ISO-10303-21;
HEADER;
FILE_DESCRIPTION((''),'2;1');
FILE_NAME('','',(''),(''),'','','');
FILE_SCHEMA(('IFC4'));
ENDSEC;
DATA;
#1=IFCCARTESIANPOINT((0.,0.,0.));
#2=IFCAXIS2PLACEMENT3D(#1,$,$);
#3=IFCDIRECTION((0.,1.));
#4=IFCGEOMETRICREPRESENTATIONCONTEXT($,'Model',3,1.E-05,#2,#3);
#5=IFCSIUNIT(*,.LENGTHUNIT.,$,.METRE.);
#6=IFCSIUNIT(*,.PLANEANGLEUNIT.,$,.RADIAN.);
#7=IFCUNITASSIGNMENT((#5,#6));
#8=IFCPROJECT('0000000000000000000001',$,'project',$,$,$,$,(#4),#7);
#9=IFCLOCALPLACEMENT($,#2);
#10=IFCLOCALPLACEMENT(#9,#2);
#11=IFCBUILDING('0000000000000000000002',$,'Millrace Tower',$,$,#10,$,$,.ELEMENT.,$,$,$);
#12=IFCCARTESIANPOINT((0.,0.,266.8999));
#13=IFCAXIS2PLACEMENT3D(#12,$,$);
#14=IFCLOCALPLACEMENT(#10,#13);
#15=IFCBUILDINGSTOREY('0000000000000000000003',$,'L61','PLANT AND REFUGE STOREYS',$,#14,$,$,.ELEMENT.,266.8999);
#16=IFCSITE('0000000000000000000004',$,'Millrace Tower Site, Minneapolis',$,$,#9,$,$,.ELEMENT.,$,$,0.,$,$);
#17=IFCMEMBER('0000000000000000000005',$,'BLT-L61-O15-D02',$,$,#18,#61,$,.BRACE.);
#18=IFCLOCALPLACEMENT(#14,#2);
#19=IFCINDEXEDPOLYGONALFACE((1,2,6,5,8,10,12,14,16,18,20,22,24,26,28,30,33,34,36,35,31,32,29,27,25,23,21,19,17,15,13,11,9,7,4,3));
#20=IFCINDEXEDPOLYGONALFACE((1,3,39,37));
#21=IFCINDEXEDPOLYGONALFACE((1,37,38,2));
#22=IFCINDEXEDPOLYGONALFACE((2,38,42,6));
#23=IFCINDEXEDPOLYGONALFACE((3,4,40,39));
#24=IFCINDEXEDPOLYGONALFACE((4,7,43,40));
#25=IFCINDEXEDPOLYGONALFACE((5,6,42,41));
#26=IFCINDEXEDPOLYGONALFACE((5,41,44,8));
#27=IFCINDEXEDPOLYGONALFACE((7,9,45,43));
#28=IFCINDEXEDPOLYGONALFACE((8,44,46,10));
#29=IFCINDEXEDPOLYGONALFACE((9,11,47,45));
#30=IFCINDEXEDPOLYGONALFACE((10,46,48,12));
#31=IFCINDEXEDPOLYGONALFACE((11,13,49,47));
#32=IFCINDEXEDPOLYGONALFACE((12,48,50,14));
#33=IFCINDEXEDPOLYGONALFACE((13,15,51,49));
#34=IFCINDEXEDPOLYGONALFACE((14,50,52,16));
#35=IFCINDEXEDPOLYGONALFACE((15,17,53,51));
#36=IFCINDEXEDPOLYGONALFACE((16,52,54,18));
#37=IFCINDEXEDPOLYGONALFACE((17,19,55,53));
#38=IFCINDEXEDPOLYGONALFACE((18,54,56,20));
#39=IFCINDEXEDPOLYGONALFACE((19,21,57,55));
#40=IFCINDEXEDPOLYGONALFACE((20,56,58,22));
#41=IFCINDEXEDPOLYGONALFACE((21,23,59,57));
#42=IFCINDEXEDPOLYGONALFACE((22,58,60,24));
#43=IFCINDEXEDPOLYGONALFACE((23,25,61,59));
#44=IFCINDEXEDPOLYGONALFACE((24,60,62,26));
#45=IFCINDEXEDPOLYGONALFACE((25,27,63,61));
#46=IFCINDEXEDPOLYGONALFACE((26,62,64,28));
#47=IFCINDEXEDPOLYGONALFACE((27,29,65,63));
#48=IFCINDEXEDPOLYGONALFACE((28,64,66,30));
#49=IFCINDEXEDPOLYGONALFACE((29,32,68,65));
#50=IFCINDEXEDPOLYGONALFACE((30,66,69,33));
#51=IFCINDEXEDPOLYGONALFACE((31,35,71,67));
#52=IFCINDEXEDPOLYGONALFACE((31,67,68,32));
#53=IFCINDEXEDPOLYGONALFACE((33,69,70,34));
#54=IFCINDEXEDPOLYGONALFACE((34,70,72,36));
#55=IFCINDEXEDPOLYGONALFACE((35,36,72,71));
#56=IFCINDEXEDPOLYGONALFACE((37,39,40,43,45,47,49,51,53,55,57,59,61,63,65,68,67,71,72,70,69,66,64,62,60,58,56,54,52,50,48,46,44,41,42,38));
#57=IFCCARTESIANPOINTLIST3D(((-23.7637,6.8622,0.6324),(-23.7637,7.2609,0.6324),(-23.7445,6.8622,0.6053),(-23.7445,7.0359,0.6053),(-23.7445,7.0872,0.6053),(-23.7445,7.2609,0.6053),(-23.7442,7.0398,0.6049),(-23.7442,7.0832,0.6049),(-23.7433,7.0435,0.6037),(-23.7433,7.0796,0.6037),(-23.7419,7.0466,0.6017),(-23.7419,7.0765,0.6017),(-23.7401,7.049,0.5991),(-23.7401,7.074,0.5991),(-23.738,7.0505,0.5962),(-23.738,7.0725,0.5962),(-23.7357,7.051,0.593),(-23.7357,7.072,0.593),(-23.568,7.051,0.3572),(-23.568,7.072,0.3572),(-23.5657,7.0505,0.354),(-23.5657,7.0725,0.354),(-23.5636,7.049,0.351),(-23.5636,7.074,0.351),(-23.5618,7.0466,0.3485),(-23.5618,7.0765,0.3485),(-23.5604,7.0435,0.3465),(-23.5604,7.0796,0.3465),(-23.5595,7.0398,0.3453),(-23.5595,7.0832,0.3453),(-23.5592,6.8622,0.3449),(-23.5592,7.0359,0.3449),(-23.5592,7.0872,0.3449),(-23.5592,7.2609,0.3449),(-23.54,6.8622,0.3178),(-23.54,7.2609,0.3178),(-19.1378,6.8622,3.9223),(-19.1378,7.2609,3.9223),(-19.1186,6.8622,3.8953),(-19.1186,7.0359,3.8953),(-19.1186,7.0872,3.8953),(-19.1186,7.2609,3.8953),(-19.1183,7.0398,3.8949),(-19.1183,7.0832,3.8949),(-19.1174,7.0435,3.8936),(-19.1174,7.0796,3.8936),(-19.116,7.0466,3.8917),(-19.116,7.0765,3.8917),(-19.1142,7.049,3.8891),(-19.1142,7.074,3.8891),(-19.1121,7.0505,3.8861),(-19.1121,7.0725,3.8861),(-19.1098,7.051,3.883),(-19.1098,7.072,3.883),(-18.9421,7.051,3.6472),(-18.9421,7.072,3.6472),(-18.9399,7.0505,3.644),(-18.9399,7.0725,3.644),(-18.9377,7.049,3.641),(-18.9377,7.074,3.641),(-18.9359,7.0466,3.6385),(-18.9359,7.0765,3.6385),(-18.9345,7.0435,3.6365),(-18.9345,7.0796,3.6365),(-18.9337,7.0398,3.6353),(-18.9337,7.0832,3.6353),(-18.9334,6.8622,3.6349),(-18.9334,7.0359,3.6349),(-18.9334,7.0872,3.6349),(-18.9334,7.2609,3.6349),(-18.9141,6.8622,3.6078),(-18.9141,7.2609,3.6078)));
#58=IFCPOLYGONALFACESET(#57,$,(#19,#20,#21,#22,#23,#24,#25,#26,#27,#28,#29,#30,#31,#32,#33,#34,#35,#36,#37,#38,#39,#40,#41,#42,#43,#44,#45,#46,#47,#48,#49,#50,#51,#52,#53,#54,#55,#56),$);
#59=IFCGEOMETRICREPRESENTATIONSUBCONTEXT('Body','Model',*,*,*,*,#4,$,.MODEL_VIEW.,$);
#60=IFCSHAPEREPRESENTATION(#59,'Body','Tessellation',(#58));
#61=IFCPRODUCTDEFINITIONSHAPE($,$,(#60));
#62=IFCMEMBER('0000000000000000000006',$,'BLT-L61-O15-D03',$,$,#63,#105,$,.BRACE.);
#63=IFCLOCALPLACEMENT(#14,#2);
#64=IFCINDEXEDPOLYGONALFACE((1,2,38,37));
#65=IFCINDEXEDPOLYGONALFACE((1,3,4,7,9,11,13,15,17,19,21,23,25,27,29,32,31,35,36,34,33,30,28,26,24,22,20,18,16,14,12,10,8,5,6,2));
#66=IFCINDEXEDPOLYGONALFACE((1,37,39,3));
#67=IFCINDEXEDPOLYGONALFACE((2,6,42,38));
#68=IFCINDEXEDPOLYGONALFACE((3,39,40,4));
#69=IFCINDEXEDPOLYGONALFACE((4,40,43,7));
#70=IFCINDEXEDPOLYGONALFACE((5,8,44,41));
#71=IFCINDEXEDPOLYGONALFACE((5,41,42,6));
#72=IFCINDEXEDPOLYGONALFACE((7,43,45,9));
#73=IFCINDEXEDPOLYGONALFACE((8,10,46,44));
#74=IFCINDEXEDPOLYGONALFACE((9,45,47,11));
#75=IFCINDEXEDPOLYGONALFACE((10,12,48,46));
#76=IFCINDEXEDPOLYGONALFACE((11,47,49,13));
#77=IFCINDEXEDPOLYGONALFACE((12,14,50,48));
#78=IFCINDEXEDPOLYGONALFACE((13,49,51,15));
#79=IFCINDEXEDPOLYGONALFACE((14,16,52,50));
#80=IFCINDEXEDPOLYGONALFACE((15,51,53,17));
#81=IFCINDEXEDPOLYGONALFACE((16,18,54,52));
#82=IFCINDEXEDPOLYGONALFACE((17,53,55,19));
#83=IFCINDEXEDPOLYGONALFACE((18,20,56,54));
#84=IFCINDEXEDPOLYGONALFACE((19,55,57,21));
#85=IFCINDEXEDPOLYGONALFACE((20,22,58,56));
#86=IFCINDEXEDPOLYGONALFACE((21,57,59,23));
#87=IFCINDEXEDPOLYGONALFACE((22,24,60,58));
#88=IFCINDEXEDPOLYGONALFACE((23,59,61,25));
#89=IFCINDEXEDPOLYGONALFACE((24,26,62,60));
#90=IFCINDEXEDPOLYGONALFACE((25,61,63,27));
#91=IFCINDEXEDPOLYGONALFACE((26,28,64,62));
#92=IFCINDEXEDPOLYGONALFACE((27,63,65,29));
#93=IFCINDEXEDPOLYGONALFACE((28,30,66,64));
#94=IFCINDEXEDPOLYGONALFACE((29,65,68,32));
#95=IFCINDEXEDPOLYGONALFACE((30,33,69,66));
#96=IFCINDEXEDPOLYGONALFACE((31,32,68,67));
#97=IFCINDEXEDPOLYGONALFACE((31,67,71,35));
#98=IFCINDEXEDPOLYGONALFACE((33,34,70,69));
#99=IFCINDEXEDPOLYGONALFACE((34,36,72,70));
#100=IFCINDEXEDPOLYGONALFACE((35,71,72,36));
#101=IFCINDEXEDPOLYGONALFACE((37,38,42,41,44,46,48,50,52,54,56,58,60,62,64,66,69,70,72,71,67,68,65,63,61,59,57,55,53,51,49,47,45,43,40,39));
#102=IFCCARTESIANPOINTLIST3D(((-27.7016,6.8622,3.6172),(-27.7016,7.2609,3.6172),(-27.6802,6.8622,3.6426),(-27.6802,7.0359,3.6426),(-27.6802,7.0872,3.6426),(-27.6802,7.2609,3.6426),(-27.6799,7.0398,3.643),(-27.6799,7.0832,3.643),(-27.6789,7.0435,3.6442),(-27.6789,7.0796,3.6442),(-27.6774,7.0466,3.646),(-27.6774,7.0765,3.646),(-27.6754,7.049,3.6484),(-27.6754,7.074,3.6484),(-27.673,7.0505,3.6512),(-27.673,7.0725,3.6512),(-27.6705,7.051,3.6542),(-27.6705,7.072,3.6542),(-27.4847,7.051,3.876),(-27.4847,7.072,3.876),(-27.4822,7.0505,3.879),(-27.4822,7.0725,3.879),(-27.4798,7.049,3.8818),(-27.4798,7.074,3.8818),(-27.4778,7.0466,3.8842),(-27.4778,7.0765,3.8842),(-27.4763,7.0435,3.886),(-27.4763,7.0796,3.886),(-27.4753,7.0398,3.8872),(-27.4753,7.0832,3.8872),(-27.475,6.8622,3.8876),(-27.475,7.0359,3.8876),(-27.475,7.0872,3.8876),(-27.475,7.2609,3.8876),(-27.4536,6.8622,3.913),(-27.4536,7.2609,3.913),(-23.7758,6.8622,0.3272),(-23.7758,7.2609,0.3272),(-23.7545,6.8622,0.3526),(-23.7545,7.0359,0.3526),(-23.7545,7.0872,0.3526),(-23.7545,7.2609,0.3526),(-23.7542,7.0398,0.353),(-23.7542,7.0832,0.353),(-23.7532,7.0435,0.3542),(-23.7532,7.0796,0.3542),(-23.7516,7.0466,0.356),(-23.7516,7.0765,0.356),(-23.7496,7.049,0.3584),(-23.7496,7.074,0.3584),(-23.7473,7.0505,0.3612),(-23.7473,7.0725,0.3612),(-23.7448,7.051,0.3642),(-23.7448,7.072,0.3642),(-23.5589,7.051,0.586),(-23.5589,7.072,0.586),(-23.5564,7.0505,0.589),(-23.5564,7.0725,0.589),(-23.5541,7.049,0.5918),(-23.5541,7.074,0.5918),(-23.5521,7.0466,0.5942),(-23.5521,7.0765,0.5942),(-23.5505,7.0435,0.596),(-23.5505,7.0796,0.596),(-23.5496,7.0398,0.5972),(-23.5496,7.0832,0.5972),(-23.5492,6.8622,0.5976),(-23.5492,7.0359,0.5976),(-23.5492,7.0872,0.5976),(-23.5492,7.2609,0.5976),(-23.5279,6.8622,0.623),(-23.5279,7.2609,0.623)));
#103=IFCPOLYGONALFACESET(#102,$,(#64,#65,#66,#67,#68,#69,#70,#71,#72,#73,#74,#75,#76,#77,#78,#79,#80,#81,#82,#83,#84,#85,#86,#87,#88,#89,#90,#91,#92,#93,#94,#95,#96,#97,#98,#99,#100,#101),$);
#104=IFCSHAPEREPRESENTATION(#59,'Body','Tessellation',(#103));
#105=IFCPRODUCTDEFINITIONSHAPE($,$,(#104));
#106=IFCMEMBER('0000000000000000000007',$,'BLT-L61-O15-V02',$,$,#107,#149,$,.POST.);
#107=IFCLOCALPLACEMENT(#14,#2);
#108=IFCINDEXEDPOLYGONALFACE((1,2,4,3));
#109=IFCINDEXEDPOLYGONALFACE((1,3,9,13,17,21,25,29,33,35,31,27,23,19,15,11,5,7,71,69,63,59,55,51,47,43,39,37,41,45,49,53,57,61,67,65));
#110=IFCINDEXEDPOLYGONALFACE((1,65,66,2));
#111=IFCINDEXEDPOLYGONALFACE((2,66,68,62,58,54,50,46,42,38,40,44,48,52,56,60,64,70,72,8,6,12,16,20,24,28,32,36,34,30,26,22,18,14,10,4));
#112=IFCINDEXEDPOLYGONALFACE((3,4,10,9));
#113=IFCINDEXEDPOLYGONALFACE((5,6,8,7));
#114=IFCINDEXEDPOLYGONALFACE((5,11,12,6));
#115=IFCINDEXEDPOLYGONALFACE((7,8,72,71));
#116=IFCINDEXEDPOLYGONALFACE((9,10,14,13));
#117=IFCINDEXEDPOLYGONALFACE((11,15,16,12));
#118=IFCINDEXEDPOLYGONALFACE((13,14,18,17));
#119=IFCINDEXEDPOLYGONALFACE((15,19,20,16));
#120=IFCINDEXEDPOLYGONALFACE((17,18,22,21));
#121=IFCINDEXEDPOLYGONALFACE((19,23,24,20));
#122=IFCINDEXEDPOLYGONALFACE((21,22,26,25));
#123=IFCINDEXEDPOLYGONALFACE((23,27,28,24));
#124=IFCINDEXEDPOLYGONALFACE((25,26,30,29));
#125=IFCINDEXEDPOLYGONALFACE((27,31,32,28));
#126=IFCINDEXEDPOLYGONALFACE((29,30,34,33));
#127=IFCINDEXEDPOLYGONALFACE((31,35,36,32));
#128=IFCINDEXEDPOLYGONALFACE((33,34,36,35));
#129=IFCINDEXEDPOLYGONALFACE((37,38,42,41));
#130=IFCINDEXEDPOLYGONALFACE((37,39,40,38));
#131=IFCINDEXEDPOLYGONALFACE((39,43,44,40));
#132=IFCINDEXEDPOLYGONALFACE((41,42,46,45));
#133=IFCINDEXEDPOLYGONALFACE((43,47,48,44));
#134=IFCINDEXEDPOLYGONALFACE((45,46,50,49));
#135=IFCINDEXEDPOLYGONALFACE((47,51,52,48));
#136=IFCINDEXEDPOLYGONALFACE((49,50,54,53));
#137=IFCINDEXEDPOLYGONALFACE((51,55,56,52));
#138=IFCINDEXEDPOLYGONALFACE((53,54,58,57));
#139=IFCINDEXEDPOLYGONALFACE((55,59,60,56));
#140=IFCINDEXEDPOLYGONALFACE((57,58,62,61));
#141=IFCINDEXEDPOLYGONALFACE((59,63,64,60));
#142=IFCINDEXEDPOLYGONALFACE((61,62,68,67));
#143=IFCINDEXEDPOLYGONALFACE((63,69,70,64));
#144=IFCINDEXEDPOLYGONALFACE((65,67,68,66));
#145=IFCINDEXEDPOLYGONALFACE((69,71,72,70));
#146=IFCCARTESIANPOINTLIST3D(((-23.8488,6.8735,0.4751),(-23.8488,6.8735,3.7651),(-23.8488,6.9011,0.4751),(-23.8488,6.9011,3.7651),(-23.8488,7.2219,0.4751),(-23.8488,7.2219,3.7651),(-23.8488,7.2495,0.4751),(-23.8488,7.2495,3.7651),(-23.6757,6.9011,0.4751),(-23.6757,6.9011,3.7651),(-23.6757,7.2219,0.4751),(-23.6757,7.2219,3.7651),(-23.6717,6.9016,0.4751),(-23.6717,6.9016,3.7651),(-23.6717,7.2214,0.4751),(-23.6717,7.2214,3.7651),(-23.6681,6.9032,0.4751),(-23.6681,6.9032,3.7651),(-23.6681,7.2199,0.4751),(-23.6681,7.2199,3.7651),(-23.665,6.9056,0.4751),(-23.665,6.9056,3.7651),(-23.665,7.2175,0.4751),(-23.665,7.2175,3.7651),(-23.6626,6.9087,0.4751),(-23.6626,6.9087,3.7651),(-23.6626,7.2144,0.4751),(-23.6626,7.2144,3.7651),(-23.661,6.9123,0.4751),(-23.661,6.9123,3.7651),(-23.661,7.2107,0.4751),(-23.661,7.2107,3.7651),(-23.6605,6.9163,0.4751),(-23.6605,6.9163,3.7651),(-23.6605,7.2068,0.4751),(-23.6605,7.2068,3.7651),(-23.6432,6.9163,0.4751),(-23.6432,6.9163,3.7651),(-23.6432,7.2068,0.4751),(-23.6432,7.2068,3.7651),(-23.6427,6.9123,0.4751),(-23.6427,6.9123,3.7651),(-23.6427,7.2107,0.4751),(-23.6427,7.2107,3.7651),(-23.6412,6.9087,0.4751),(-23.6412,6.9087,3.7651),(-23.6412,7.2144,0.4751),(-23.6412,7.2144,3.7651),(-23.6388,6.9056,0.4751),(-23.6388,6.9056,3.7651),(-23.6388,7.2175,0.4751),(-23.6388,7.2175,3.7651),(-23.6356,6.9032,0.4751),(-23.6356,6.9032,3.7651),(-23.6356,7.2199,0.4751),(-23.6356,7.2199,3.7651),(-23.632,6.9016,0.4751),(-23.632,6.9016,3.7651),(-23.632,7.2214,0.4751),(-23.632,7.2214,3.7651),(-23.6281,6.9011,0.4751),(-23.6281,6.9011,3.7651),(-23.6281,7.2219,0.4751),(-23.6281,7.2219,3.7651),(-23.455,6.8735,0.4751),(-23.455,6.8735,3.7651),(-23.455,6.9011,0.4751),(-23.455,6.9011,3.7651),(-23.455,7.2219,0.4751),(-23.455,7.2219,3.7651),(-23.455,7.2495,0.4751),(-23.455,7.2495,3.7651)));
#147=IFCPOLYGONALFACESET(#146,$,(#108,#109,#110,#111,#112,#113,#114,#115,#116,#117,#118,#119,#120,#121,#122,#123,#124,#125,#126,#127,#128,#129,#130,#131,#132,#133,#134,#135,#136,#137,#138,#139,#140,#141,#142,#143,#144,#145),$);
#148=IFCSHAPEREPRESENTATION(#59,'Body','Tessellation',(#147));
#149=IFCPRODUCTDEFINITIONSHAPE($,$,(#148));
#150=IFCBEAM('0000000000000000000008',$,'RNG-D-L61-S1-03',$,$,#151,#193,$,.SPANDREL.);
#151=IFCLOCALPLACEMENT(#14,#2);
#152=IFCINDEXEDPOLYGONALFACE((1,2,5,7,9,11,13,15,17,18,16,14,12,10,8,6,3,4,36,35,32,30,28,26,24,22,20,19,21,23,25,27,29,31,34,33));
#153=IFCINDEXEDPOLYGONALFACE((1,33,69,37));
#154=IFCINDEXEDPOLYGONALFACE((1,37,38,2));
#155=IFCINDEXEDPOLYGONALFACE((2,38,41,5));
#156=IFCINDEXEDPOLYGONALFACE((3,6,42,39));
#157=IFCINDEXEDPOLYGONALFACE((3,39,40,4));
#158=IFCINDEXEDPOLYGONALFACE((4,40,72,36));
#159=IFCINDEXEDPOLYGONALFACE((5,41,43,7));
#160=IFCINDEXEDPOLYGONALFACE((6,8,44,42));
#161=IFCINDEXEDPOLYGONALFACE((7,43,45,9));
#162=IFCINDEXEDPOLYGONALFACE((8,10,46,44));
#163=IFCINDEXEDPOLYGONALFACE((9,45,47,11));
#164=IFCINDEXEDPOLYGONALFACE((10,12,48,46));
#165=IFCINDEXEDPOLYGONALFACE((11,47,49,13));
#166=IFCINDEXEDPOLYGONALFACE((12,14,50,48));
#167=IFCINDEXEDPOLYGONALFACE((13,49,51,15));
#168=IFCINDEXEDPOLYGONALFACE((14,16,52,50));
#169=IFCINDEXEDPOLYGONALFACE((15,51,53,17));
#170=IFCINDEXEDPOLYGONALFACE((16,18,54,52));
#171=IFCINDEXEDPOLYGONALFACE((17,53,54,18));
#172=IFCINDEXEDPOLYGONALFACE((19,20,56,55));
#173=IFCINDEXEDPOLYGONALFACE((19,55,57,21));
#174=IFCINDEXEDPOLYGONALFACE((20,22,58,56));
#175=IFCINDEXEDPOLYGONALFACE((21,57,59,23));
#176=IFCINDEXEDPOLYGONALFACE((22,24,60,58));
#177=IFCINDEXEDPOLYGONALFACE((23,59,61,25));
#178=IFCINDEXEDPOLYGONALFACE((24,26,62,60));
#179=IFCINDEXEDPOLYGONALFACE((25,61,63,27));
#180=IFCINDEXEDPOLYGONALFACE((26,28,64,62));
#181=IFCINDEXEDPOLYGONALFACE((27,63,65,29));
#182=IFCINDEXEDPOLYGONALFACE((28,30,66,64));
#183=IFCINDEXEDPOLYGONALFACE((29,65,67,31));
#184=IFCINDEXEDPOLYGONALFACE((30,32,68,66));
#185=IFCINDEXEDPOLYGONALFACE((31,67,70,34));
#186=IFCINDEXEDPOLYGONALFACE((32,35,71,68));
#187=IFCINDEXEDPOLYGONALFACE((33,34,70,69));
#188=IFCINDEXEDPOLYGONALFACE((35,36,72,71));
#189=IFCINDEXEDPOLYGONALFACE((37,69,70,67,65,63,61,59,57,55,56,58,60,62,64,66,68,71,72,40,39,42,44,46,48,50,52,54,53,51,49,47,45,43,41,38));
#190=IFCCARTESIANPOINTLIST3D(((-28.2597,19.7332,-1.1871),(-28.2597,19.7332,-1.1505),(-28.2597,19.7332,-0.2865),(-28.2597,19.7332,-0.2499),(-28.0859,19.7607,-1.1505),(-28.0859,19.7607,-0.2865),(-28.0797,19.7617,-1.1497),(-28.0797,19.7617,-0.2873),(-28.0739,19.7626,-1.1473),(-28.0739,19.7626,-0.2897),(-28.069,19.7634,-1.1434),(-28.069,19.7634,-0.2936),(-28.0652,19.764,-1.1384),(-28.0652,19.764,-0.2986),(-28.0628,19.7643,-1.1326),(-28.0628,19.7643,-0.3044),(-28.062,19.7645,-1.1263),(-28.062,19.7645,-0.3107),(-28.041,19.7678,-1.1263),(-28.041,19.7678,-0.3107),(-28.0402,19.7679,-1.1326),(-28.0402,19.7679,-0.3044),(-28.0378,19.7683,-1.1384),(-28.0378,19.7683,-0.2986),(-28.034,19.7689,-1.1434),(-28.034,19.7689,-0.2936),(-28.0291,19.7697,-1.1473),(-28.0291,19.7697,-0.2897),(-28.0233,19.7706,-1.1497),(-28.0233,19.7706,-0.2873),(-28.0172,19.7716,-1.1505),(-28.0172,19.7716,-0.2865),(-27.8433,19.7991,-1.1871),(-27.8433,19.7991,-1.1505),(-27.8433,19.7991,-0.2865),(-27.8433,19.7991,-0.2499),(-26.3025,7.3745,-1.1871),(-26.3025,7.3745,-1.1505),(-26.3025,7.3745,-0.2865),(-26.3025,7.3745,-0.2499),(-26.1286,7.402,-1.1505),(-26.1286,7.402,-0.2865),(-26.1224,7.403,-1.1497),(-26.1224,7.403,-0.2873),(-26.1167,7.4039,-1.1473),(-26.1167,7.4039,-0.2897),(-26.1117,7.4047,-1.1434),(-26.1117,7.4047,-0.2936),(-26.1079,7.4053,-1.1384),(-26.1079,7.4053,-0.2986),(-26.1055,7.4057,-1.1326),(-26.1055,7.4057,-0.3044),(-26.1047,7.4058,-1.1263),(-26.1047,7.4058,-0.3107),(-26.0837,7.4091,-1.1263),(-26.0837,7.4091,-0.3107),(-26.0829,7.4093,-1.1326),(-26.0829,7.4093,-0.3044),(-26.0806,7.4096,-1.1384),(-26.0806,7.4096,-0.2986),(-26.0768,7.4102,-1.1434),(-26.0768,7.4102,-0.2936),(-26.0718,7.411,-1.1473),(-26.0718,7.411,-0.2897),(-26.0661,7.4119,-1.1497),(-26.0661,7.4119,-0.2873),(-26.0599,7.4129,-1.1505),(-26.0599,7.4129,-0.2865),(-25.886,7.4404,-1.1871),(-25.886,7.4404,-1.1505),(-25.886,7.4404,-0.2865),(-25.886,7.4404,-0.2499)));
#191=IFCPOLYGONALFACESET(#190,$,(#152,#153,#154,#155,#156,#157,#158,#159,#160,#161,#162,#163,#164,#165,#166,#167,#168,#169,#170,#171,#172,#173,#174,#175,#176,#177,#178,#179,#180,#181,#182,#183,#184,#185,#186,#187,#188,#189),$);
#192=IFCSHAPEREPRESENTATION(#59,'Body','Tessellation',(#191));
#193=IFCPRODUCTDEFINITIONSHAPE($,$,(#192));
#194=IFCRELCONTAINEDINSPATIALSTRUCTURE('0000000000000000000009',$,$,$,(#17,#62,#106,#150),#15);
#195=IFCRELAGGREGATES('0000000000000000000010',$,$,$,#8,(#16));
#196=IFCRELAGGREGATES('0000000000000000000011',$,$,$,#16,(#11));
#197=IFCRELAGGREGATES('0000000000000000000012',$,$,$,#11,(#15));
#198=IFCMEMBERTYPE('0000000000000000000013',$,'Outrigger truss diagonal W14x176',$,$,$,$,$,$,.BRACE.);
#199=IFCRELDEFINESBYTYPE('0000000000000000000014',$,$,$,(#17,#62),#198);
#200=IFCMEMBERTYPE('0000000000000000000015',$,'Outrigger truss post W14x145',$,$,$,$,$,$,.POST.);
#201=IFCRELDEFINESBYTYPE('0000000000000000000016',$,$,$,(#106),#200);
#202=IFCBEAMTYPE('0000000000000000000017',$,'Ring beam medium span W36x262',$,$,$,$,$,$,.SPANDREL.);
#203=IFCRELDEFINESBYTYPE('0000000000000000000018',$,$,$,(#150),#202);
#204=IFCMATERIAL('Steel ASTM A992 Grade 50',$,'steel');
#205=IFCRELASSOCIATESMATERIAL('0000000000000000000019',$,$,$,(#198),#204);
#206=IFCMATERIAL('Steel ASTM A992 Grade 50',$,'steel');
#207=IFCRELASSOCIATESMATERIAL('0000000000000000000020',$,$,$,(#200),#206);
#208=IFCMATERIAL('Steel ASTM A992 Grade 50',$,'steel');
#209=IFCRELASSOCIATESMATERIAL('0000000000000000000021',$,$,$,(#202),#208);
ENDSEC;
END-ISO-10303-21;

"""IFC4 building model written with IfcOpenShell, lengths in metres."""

from ifc_helpers import new_model, si_unit, direction, frame, origin, origin_2d, place, context, subcontext, project, spatial, i_section, extrude, material, material_profile, profile_set, type_object, element, save


model = new_model("IFC4")

# Units and contexts
model_context = context("Model", 3, precision=1e-05, world=origin(), true_north=direction((0.0, 1.0)))
body_context = subcontext(model_context, "Body", "Model", "MODEL_VIEW")
ifc_project = project(units=[si_unit("LENGTHUNIT", "METRE"), si_unit("PLANEANGLEUNIT", "RADIAN")], contexts=[model_context])

# Site, building, storey
site_placement = place(None, origin())
site = spatial("IfcSite", under=ifc_project, at=site_placement, Name="Millrace Tower Site, Minneapolis", CompositionType="ELEMENT", RefElevation=0.0)
building_placement = place(site_placement, origin())
building = spatial("IfcBuilding", under=site, at=building_placement, Name="Millrace Tower", CompositionType="ELEMENT")
storey_placement = place(building_placement, frame((0.0, 0.0, 266.8999)))
storey = spatial("IfcBuildingStorey", under=building, at=storey_placement, Name="L61", Description="PLANT AND REFUGE STOREYS", CompositionType="ELEMENT", Elevation=266.8999)

# Members
ifc_material_1 = material(Name="Steel ASTM A992 Grade 50", Category="steel")
ifc_material_profile_1 = material_profile(ifc_material_1, i_section(OverallWidth=0.3987, OverallDepth=0.386, WebThickness=0.021, FlangeThickness=0.0332, FilletRadius=0.0151, at=origin_2d()))
ifc_profile_set_1 = profile_set([ifc_material_profile_1], Name="Steel ASTM A992 Grade 50")
member_type_1 = type_object("IfcMemberType", Name="Outrigger truss diagonal W14x176", PredefinedType="BRACE", material=ifc_profile_set_1)
member_1_placement = place(storey_placement, frame((-23.6519, 7.0615, 0.4751), z_axis=(0.814917, 0.0, 0.579577), x_axis=(0.0, 1.0, 0.0)))
element("IfcMember", 1, at=member_1_placement, inside=storey, type_object=member_type_1, Name="BLT-L61-O15-D02", PredefinedType="BRACE", context=body_context, shape_type="SweptSolid", body=[
    extrude(i_section(OverallWidth=0.3987, OverallDepth=0.386, WebThickness=0.021, FlangeThickness=0.0332, FilletRadius=0.0151, at=origin_2d()), origin(), (0.0, 0.0, 1.0), 5.6765),
])
member_2_placement = place(storey_placement, frame((-23.6519, 7.0615, 0.4751), z_axis=(-0.766437, 0.0, 0.64232), x_axis=(0.0, -1.0, 0.0)))
element("IfcMember", 2, at=member_2_placement, inside=storey, type_object=member_type_1, Name="BLT-L61-O15-D03", PredefinedType="BRACE", context=body_context, shape_type="SweptSolid", body=[
    extrude(i_section(OverallWidth=0.3987, OverallDepth=0.386, WebThickness=0.021, FlangeThickness=0.0332, FilletRadius=0.0151, at=origin_2d()), origin(), (0.0, 0.0, 1.0), 5.1221),
])
ifc_material_2 = material(Name="Steel ASTM A992 Grade 50", Category="steel")
ifc_material_profile_2 = material_profile(ifc_material_2, i_section(OverallWidth=0.3938, OverallDepth=0.376, WebThickness=0.0173, FlangeThickness=0.0276, FilletRadius=0.0151, at=origin_2d()))
ifc_profile_set_2 = profile_set([ifc_material_profile_2], Name="Steel ASTM A992 Grade 50")
member_type_2 = type_object("IfcMemberType", Name="Outrigger truss post W14x145", PredefinedType="POST", material=ifc_profile_set_2)
member_3_placement = place(storey_placement, frame((-23.6519, 7.0615, 0.4751), z_axis=(0.0, 0.0, 1.0), x_axis=(1.0, 0.0, 0.0)))
element("IfcMember", 3, at=member_3_placement, inside=storey, type_object=member_type_2, Name="BLT-L61-O15-V02", PredefinedType="POST", context=body_context, shape_type="SweptSolid", body=[
    extrude(i_section(OverallWidth=0.3938, OverallDepth=0.376, WebThickness=0.0173, FlangeThickness=0.0276, FilletRadius=0.0151, at=origin_2d()), origin(), (0.0, 0.0, 1.0), 3.29),
])

# Beam
ifc_material_3 = material(Name="Steel ASTM A992 Grade 50", Category="steel")
ifc_material_profile_3 = material_profile(ifc_material_3, i_section(OverallWidth=0.4216, OverallDepth=0.9373, WebThickness=0.0212, FlangeThickness=0.0366, FilletRadius=0.0242, at=origin_2d()))
ifc_profile_set_3 = profile_set([ifc_material_profile_3], Name="Steel ASTM A992 Grade 50")
beam_type_1 = type_object("IfcBeamType", Name="Ring beam medium span W36x262", PredefinedType="SPANDREL", material=ifc_profile_set_3)
beam_1_placement = place(storey_placement, frame((-26.0942, 7.4075, -0.7185), z_axis=(-0.156423, 0.98769, 0.0), x_axis=(-0.98769, -0.156423, 0.0)))
element("IfcBeam", 4, at=beam_1_placement, inside=storey, type_object=beam_type_1, Name="RNG-D-L61-S1-03", PredefinedType="SPANDREL", context=body_context, shape_type="SweptSolid", body=[
    extrude(i_section(OverallWidth=0.4216, OverallDepth=0.9373, WebThickness=0.0212, FlangeThickness=0.0366, FilletRadius=0.0242, at=origin_2d()), origin(), (0.0, 0.0, 1.0), 12.5127),
])

save(model, "model.ifc")
